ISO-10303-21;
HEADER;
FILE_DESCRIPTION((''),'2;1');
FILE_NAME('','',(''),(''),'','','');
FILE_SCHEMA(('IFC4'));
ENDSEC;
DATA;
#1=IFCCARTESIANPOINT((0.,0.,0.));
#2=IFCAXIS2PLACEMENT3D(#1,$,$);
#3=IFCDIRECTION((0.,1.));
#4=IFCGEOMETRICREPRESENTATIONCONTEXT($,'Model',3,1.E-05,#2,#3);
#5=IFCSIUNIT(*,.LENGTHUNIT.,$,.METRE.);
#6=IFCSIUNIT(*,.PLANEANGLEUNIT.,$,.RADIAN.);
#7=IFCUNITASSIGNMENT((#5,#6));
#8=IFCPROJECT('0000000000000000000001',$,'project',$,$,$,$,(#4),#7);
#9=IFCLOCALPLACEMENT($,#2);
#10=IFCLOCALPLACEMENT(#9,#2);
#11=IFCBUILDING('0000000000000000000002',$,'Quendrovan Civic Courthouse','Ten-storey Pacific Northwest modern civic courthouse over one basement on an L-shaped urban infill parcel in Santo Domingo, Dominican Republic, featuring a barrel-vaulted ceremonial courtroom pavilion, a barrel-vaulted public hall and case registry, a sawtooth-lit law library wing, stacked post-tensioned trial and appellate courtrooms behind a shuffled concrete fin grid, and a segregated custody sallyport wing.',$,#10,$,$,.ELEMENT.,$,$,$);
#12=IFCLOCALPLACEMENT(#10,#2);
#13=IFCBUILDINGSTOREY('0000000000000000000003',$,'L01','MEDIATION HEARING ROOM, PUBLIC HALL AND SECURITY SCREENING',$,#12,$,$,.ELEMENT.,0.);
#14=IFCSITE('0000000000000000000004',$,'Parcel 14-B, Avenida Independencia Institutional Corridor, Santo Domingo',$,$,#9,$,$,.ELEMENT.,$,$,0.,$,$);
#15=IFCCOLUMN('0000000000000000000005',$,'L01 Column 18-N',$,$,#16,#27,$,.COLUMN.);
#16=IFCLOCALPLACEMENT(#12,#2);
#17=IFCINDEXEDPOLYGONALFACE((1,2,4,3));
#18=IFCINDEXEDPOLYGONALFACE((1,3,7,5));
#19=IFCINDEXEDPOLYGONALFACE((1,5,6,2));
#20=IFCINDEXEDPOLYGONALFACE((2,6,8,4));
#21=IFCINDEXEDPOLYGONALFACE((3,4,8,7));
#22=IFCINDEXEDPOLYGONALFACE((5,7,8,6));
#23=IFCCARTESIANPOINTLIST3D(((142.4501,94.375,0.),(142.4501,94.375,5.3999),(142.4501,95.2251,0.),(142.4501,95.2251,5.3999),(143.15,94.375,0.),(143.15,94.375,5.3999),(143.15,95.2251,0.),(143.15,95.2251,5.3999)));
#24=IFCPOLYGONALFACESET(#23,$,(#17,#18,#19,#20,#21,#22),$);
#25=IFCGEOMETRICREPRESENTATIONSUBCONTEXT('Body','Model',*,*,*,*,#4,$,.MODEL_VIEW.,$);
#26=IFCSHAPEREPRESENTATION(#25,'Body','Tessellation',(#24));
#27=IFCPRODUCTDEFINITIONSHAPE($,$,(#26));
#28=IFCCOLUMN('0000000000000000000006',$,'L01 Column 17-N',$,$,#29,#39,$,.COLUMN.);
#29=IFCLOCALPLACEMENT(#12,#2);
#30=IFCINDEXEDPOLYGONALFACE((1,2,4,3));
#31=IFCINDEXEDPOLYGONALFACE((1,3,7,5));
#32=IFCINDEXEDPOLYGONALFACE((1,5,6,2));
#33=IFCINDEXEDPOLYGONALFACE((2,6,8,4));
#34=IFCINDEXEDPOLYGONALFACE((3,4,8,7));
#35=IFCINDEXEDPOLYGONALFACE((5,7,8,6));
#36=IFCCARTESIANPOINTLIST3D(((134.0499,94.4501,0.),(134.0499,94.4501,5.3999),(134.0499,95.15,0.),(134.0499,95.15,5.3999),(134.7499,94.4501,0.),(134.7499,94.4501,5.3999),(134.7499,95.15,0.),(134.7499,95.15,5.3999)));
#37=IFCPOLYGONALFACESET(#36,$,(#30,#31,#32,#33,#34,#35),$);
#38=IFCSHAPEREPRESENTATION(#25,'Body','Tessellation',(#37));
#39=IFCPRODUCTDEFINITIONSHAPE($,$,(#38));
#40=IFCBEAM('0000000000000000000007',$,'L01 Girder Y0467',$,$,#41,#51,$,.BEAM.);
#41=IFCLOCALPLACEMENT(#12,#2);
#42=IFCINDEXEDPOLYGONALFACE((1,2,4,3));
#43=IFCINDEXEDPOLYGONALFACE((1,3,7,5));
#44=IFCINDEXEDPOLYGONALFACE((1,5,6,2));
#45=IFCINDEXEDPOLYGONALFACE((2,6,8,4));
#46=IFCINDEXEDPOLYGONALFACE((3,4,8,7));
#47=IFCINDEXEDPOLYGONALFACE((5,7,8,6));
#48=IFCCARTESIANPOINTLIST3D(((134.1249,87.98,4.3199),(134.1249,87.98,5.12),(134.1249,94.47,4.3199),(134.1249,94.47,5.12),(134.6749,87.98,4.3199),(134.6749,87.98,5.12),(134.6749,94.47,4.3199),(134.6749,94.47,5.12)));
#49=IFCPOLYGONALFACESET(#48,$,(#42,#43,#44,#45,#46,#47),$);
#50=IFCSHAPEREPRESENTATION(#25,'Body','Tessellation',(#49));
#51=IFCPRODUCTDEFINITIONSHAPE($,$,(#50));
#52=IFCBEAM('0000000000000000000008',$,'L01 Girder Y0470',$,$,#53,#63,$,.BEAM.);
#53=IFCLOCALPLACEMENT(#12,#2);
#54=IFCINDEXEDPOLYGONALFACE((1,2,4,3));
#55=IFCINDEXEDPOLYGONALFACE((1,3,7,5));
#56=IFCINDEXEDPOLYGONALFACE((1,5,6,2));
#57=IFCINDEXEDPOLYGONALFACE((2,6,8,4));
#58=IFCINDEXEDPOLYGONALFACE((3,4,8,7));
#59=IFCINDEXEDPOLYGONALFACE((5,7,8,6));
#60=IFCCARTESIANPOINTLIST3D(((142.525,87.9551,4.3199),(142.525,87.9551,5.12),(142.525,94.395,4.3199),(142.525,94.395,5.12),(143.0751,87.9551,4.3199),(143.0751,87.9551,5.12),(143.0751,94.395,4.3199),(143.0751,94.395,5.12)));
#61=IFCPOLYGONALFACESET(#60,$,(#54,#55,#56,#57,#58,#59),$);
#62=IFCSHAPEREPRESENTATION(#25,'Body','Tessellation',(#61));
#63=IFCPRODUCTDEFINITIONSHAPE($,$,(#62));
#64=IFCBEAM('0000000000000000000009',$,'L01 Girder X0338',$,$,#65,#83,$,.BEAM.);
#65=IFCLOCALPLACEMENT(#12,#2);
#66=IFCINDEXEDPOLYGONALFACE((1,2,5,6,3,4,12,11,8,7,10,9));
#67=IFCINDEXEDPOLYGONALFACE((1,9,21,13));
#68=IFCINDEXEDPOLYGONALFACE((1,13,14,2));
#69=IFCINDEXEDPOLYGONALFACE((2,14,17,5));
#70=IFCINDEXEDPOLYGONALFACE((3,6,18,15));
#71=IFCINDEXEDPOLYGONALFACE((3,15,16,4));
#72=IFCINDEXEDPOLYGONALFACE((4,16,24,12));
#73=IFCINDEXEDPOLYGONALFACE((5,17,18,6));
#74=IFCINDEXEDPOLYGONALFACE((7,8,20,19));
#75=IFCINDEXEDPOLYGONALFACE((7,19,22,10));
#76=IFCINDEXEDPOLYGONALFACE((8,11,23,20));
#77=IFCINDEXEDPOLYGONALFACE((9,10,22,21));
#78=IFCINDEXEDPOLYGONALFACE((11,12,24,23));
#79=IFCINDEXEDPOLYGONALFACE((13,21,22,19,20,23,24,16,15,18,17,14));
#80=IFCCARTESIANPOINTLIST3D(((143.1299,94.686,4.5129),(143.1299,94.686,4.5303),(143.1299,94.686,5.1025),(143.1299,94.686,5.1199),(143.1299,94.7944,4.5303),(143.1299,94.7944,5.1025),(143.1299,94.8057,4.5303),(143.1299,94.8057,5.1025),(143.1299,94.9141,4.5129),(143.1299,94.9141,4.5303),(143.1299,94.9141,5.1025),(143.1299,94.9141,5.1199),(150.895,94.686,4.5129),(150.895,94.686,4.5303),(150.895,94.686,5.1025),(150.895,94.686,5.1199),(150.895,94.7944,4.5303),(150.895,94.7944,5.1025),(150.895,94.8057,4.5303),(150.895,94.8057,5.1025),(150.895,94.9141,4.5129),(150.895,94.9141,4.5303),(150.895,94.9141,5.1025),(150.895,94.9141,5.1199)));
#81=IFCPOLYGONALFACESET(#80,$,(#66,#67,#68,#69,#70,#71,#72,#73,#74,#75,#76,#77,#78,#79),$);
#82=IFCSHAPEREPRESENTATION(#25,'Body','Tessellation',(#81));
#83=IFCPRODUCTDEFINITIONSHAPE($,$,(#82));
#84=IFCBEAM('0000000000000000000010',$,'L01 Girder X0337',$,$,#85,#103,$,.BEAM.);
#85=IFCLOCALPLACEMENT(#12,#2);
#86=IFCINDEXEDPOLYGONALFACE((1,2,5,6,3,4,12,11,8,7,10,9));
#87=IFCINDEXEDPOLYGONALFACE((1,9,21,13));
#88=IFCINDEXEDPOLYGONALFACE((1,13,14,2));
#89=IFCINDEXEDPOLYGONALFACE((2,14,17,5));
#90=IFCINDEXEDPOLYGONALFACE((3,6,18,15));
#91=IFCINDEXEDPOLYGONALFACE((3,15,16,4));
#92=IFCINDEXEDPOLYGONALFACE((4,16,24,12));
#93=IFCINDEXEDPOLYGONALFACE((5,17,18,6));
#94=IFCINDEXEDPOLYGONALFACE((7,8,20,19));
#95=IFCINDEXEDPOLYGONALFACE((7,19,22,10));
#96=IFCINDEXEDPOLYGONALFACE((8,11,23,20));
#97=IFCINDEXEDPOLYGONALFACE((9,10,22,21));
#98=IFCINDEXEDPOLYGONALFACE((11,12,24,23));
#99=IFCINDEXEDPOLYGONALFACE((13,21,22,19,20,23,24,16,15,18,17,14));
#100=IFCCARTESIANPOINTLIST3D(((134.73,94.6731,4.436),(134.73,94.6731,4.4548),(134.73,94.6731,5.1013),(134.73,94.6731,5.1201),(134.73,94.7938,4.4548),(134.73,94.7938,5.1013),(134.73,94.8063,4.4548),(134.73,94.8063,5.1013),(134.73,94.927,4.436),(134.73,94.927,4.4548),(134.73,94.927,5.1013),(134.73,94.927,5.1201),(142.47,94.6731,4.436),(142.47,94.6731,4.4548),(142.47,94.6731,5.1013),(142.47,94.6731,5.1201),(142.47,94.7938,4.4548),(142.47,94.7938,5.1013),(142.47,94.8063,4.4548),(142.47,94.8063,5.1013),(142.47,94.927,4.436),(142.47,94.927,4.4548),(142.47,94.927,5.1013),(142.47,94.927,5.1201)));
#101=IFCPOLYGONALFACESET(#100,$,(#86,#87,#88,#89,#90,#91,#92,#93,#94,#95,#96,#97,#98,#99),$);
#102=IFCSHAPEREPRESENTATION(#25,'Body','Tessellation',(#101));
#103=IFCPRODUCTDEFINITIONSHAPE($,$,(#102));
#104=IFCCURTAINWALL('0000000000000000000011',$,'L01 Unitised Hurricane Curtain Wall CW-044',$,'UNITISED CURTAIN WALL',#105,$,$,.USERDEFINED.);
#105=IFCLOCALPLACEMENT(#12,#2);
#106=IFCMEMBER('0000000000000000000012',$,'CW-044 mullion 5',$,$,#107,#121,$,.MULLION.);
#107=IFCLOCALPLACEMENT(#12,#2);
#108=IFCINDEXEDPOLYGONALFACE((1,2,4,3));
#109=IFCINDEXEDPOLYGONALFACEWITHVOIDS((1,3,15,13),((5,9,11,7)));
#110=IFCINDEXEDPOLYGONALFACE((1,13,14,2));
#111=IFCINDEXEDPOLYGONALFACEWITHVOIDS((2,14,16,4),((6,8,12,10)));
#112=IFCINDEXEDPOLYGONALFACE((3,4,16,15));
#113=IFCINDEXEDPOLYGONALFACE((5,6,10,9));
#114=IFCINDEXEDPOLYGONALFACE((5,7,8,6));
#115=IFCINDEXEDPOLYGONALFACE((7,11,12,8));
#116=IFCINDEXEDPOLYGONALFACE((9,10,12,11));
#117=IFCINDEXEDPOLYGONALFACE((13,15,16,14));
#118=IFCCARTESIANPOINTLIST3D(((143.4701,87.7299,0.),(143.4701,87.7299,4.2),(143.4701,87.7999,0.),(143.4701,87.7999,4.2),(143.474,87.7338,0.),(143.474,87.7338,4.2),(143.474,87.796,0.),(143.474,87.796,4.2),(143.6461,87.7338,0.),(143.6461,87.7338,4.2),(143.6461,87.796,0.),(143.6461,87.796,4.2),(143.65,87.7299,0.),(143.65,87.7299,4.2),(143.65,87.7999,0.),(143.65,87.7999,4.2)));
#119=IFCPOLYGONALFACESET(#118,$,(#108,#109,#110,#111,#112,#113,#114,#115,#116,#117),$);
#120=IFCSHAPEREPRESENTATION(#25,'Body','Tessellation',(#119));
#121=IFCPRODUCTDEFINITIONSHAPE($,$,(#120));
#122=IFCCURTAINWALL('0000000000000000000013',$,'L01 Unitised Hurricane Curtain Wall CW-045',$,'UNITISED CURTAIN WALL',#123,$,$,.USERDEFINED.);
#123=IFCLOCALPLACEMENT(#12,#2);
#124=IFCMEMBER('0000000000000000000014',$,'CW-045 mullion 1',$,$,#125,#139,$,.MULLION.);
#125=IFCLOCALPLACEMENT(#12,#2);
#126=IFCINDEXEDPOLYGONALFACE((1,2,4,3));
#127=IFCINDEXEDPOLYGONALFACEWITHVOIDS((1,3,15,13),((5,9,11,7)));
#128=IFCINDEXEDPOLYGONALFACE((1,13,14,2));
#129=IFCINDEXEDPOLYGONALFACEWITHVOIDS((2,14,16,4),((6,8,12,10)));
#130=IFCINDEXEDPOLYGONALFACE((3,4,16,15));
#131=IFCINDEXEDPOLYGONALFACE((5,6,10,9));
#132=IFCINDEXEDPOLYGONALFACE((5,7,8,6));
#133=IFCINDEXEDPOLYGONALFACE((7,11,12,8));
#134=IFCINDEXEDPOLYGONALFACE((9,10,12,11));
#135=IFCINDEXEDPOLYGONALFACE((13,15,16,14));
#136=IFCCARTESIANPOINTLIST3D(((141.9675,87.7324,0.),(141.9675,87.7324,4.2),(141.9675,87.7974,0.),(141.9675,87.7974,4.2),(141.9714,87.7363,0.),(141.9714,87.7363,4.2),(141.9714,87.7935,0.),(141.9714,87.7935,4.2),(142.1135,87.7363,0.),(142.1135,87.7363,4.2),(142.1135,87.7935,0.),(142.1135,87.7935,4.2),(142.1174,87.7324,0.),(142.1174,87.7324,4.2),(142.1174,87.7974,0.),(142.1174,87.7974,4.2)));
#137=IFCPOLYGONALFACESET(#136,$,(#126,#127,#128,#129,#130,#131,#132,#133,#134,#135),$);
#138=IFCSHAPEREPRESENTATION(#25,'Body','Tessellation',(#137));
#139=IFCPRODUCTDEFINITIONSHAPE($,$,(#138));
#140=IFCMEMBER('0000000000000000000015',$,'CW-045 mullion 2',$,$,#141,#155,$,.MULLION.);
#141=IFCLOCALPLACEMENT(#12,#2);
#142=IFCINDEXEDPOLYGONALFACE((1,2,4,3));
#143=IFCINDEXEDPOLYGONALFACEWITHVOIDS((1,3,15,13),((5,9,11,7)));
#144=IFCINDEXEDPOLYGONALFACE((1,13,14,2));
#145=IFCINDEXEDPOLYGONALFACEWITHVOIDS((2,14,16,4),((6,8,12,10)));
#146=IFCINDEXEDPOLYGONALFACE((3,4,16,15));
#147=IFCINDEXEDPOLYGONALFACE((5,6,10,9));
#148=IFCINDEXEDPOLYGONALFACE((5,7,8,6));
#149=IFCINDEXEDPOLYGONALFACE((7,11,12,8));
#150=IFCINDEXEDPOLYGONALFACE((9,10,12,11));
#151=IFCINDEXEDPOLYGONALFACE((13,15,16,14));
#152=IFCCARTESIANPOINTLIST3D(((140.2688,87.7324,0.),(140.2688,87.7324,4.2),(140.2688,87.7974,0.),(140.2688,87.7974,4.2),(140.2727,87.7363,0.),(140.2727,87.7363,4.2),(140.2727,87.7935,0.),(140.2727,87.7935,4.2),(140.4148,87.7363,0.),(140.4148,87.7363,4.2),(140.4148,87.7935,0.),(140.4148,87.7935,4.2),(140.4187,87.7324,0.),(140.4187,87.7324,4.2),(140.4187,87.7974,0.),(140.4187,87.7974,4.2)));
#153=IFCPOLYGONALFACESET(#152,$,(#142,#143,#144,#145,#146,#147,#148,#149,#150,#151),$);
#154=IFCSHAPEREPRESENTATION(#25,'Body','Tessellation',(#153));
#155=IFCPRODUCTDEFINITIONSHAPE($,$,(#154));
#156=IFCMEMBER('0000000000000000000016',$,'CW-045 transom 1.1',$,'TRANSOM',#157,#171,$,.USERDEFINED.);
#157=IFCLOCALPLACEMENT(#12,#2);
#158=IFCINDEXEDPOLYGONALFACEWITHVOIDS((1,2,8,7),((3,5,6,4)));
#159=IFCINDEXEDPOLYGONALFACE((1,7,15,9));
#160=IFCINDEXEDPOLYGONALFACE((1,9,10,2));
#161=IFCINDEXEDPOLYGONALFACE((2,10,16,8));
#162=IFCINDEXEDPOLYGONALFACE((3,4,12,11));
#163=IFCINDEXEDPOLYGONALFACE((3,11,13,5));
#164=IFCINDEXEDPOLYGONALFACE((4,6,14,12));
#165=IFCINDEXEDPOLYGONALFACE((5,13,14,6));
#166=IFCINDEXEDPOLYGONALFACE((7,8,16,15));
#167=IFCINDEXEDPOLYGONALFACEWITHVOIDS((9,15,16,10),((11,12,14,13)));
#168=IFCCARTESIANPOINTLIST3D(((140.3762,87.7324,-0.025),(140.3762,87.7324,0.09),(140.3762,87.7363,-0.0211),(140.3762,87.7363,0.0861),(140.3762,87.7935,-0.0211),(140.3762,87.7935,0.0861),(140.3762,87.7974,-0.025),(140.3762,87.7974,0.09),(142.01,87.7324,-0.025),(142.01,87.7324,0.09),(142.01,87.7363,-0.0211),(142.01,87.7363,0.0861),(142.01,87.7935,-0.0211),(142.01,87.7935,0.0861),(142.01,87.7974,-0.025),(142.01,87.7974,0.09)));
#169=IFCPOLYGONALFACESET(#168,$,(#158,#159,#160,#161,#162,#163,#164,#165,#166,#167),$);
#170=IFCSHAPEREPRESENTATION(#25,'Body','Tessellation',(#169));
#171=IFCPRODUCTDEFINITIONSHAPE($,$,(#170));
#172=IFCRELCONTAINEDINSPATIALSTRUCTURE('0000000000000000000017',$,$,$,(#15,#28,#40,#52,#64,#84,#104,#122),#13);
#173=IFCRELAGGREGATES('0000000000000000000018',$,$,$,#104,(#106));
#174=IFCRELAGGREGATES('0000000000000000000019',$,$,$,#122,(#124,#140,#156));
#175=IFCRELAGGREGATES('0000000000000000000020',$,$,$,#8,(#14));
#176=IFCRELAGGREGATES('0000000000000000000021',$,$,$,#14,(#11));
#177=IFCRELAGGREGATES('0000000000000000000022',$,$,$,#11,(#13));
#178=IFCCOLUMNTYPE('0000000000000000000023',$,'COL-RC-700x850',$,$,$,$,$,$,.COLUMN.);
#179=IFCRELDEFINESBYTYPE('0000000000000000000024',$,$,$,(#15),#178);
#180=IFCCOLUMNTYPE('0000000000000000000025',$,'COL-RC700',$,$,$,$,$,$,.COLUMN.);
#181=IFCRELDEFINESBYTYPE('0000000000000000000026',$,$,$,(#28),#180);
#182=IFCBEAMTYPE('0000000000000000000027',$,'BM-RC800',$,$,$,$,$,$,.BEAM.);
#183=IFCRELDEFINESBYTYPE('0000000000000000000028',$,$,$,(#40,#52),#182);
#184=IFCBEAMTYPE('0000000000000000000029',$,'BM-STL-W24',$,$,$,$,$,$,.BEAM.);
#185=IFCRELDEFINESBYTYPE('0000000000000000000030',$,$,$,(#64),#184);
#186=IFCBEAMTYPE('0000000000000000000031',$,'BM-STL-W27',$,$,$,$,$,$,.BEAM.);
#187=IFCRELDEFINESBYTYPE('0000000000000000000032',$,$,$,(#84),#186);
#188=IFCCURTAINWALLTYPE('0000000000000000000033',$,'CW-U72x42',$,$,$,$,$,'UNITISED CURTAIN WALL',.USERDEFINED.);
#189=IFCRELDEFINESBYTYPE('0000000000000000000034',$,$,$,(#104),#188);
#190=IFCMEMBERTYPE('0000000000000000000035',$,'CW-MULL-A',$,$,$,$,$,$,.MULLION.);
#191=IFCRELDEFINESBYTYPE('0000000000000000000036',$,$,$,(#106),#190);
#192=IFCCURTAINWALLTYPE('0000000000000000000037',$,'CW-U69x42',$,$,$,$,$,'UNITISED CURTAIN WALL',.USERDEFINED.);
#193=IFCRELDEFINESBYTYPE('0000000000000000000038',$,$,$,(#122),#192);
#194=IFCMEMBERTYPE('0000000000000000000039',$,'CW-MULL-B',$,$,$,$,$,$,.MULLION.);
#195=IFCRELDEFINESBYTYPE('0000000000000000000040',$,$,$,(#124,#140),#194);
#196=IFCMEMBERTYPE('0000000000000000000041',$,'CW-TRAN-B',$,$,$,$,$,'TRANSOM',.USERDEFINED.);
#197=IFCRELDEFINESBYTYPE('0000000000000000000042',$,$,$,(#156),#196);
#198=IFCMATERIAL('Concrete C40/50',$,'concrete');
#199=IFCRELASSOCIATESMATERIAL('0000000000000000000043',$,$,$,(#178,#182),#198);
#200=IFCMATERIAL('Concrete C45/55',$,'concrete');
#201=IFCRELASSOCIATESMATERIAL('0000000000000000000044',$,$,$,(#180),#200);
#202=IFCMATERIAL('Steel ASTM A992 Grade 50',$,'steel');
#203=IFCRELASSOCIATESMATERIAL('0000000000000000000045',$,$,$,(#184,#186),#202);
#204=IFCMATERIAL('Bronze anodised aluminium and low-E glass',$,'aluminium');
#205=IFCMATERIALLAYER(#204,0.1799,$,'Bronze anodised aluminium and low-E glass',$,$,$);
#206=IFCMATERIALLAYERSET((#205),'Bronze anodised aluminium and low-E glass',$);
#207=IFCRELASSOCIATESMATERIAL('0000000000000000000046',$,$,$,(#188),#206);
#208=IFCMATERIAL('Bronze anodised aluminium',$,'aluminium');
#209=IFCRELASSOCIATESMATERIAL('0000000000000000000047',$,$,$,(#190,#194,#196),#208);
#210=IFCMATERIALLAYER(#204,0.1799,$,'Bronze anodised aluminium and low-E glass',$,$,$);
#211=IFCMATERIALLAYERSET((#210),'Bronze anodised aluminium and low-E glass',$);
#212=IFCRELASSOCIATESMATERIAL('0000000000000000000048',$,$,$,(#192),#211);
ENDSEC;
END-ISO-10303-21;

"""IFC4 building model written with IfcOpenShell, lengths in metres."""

from ifc_helpers import new_model, si_unit, direction, frame, origin, origin_2d, place, context, subcontext, project, spatial, rectangle, hollow_rectangle, i_section, extrude, material, layer, layer_set, material_profile, profile_set, type_object, element, aggregate, save


model = new_model("IFC4")

# Units and contexts
model_context = context("Model", 3, precision=1e-05, world=origin(), true_north=direction((0.0, 1.0)))
body_context = subcontext(model_context, "Body", "Model", "MODEL_VIEW")
ifc_project = project(units=[si_unit("LENGTHUNIT", "METRE"), si_unit("PLANEANGLEUNIT", "RADIAN")], contexts=[model_context])

# Site, building, storey
site_placement = place(None, origin())
site = spatial("IfcSite", under=ifc_project, at=site_placement, Name="Parcel 14-B, Avenida Independencia Institutional Corridor, Santo Domingo", CompositionType="ELEMENT", RefElevation=0.0)
building_placement = place(site_placement, origin())
building = spatial("IfcBuilding", under=site, at=building_placement, Name="Quendrovan Civic Courthouse", Description="Ten-storey Pacific Northwest modern civic courthouse over one basement on an L-shaped urban infill parcel in Santo Domingo, Dominican Republic, featuring a barrel-vaulted ceremonial courtroom pavilion, a barrel-vaulted public hall and case registry, a sawtooth-lit law library wing, stacked post-tensioned trial and appellate courtrooms behind a shuffled concrete fin grid, and a segregated custody sallyport wing.", CompositionType="ELEMENT")
storey_placement = place(building_placement, origin())
storey = spatial("IfcBuildingStorey", under=building, at=storey_placement, Name="L01", Description="MEDIATION HEARING ROOM, PUBLIC HALL AND SECURITY SCREENING", CompositionType="ELEMENT", Elevation=0.0)

# Columns
ifc_material_1 = material(Name="Concrete C40/50", Category="concrete")
ifc_material_profile_1 = material_profile(ifc_material_1, rectangle(XDim=0.7, YDim=0.8501, at=origin_2d()), Name="RC-COL-700x850")
ifc_profile_set_1 = profile_set([ifc_material_profile_1], Name="Concrete C40/50")
column_type_1 = type_object("IfcColumnType", Name="COL-RC-700x850", PredefinedType="COLUMN", material=ifc_profile_set_1)
column_1_placement = place(storey_placement, frame((142.8, 94.8, 0.0), z_axis=(0.0, 0.0, 1.0), x_axis=(1.0, 0.0, 0.0)))
element("IfcColumn", 1, at=column_1_placement, inside=storey, type_object=column_type_1, Name="L01 Column 18-N", PredefinedType="COLUMN", context=body_context, shape_type="SweptSolid", body=[
    extrude(rectangle(XDim=0.7, YDim=0.8501, at=origin_2d()), origin(), (0.0, 0.0, 1.0), 5.3999),
])
ifc_material_2 = material(Name="Concrete C45/55", Category="concrete")
ifc_material_profile_2 = material_profile(ifc_material_2, rectangle(XDim=0.7, YDim=0.7, at=origin_2d()), Name="RC-COL-700x700")
ifc_profile_set_2 = profile_set([ifc_material_profile_2], Name="Concrete C45/55")
column_type_2 = type_object("IfcColumnType", Name="COL-RC700", PredefinedType="COLUMN", material=ifc_profile_set_2)
column_2_placement = place(storey_placement, frame((134.3999, 94.8, 0.0), z_axis=(0.0, 0.0, 1.0), x_axis=(1.0, 0.0, 0.0)))
element("IfcColumn", 2, at=column_2_placement, inside=storey, type_object=column_type_2, Name="L01 Column 17-N", PredefinedType="COLUMN", context=body_context, shape_type="SweptSolid", body=[
    extrude(rectangle(XDim=0.7, YDim=0.7, at=origin_2d()), origin(), (0.0, 0.0, 1.0), 5.3999),
])

# Beams
ifc_material_profile_3 = material_profile(ifc_material_1, rectangle(XDim=0.55, YDim=0.8, at=origin_2d()), Name="RC-BM-550x800")
ifc_profile_set_3 = profile_set([ifc_material_profile_3], Name="Concrete C40/50")
beam_type_1 = type_object("IfcBeamType", Name="BM-RC800", PredefinedType="BEAM", material=ifc_profile_set_3)
beam_1_placement = place(storey_placement, frame((134.3999, 87.98, 4.72), z_axis=(0.0, 1.0, 0.0), x_axis=(-1.0, 0.0, 0.0)))
element("IfcBeam", 3, at=beam_1_placement, inside=storey, type_object=beam_type_1, Name="L01 Girder Y0467", PredefinedType="BEAM", context=body_context, shape_type="SweptSolid", body=[
    extrude(rectangle(XDim=0.55, YDim=0.8, at=origin_2d()), origin(), (0.0, 0.0, 1.0), 6.49),
])
beam_2_placement = place(storey_placement, frame((142.8, 87.9551, 4.72), z_axis=(0.0, 1.0, 0.0), x_axis=(-1.0, 0.0, 0.0)))
element("IfcBeam", 4, at=beam_2_placement, inside=storey, type_object=beam_type_1, Name="L01 Girder Y0470", PredefinedType="BEAM", context=body_context, shape_type="SweptSolid", body=[
    extrude(rectangle(XDim=0.55, YDim=0.8, at=origin_2d()), origin(), (0.0, 0.0, 1.0), 6.4399),
])
ifc_material_3 = material(Name="Steel ASTM A992 Grade 50", Category="steel")
ifc_material_profile_4 = material_profile(ifc_material_3, i_section(OverallWidth=0.228, OverallDepth=0.6069, WebThickness=0.0112, FlangeThickness=0.0173, at=origin_2d()), Name="W24X76")
ifc_profile_set_4 = profile_set([ifc_material_profile_4], Name="Steel ASTM A992 Grade 50")
beam_type_2 = type_object("IfcBeamType", Name="BM-STL-W24", PredefinedType="BEAM", material=ifc_profile_set_4)
beam_3_placement = place(storey_placement, frame((143.1299, 94.8, 4.8164), z_axis=(1.0, 0.0, 0.0), x_axis=(0.0, 1.0, 0.0)))
element("IfcBeam", 5, at=beam_3_placement, inside=storey, type_object=beam_type_2, Name="L01 Girder X0338", PredefinedType="BEAM", context=body_context, shape_type="SweptSolid", body=[
    extrude(i_section(OverallWidth=0.228, OverallDepth=0.6069, WebThickness=0.0112, FlangeThickness=0.0173, at=origin_2d()), origin(), (0.0, 0.0, 1.0), 7.7651),
])
ifc_material_profile_5 = material_profile(ifc_material_3, i_section(OverallWidth=0.2539, OverallDepth=0.6841, WebThickness=0.0125, FlangeThickness=0.0188, at=origin_2d()), Name="W27X94")
ifc_profile_set_5 = profile_set([ifc_material_profile_5], Name="Steel ASTM A992 Grade 50")
beam_type_3 = type_object("IfcBeamType", Name="BM-STL-W27", PredefinedType="BEAM", material=ifc_profile_set_5)
beam_4_placement = place(storey_placement, frame((134.73, 94.8, 4.7781), z_axis=(1.0, 0.0, 0.0), x_axis=(0.0, 1.0, 0.0)))
element("IfcBeam", 6, at=beam_4_placement, inside=storey, type_object=beam_type_3, Name="L01 Girder X0337", PredefinedType="BEAM", context=body_context, shape_type="SweptSolid", body=[
    extrude(i_section(OverallWidth=0.2539, OverallDepth=0.6841, WebThickness=0.0125, FlangeThickness=0.0188, at=origin_2d()), origin(), (0.0, 0.0, 1.0), 7.74),
])

# Curtain wall, member
ifc_material_4 = material(Name="Bronze anodised aluminium and low-E glass", Category="aluminium")
ifc_layer_1 = layer(ifc_material_4, 0.1799, Name="Bronze anodised aluminium and low-E glass")
ifc_layer_set_1 = layer_set([ifc_layer_1], Name="Bronze anodised aluminium and low-E glass")
curtain_wall_type_1 = type_object("IfcCurtainWallType", Name="CW-U72x42", ElementType="UNITISED CURTAIN WALL", PredefinedType="USERDEFINED", material=ifc_layer_set_1)
curtain_wall_1_placement = place(storey_placement, origin())
curtain_wall_1 = element("IfcCurtainWall", 7, at=curtain_wall_1_placement, inside=storey, type_object=curtain_wall_type_1, Name="L01 Unitised Hurricane Curtain Wall CW-044", ObjectType="UNITISED CURTAIN WALL", PredefinedType="USERDEFINED")
ifc_material_5 = material(Name="Bronze anodised aluminium", Category="aluminium")
ifc_material_profile_6 = material_profile(ifc_material_5, hollow_rectangle(XDim=0.0701, YDim=0.1799, WallThickness=0.0039, at=origin_2d()), Name="CW-MULL-70x180")
ifc_profile_set_6 = profile_set([ifc_material_profile_6], Name="Bronze anodised aluminium")
member_type_1 = type_object("IfcMemberType", Name="CW-MULL-A", PredefinedType="MULLION", material=ifc_profile_set_6)
member_1_placement = place(storey_placement, frame((143.5601, 87.7649, 0.0), z_axis=(0.0, 0.0, 1.0), x_axis=(0.0, -1.0, 0.0)))
member_1 = element("IfcMember", 8, at=member_1_placement, type_object=member_type_1, Name="CW-044 mullion 5", PredefinedType="MULLION", context=body_context, shape_type="SweptSolid", body=[
    extrude(hollow_rectangle(XDim=0.0701, YDim=0.1799, WallThickness=0.0039, at=origin_2d()), origin(), (0.0, 0.0, 1.0), 4.2),
])

# Curtain wall, members
ifc_layer_2 = layer(ifc_material_4, 0.1799, Name="Bronze anodised aluminium and low-E glass")
ifc_layer_set_2 = layer_set([ifc_layer_2], Name="Bronze anodised aluminium and low-E glass")
curtain_wall_type_2 = type_object("IfcCurtainWallType", Name="CW-U69x42", ElementType="UNITISED CURTAIN WALL", PredefinedType="USERDEFINED", material=ifc_layer_set_2)
curtain_wall_2_placement = place(storey_placement, origin())
curtain_wall_2 = element("IfcCurtainWall", 9, at=curtain_wall_2_placement, inside=storey, type_object=curtain_wall_type_2, Name="L01 Unitised Hurricane Curtain Wall CW-045", ObjectType="UNITISED CURTAIN WALL", PredefinedType="USERDEFINED")
ifc_material_profile_7 = material_profile(ifc_material_5, hollow_rectangle(XDim=0.0649, YDim=0.1499, WallThickness=0.0039, at=origin_2d()), Name="CW-MULL-65x150")
ifc_profile_set_7 = profile_set([ifc_material_profile_7], Name="Bronze anodised aluminium")
member_type_2 = type_object("IfcMemberType", Name="CW-MULL-B", PredefinedType="MULLION", material=ifc_profile_set_7)
member_2_placement = place(storey_placement, frame((142.0425, 87.7649, 0.0), z_axis=(0.0, 0.0, 1.0), x_axis=(0.0, -1.0, 0.0)))
member_2 = element("IfcMember", 10, at=member_2_placement, type_object=member_type_2, Name="CW-045 mullion 1", PredefinedType="MULLION", context=body_context, shape_type="SweptSolid", body=[
    extrude(hollow_rectangle(XDim=0.0649, YDim=0.1499, WallThickness=0.0039, at=origin_2d()), origin(), (0.0, 0.0, 1.0), 4.2),
])
member_3_placement = place(storey_placement, frame((140.3438, 87.7649, 0.0), z_axis=(0.0, 0.0, 1.0), x_axis=(0.0, -1.0, 0.0)))
member_3 = element("IfcMember", 11, at=member_3_placement, type_object=member_type_2, Name="CW-045 mullion 2", PredefinedType="MULLION", context=body_context, shape_type="SweptSolid", body=[
    extrude(hollow_rectangle(XDim=0.0649, YDim=0.1499, WallThickness=0.0039, at=origin_2d()), origin(), (0.0, 0.0, 1.0), 4.2),
])
ifc_material_profile_8 = material_profile(ifc_material_5, hollow_rectangle(XDim=0.0649, YDim=0.115, WallThickness=0.0039, at=origin_2d()), Name="CW-TRAN-65x115")
ifc_profile_set_8 = profile_set([ifc_material_profile_8], Name="Bronze anodised aluminium")
member_type_3 = type_object("IfcMemberType", Name="CW-TRAN-B", ElementType="TRANSOM", PredefinedType="USERDEFINED", material=ifc_profile_set_8)
member_4_placement = place(storey_placement, frame((142.01, 87.7649, 0.0325), z_axis=(-1.0, 0.0, 0.0), x_axis=(0.0, -1.0, 0.0)))
member_4 = element("IfcMember", 12, at=member_4_placement, type_object=member_type_3, Name="CW-045 transom 1.1", ObjectType="TRANSOM", PredefinedType="USERDEFINED", context=body_context, shape_type="SweptSolid", body=[
    extrude(hollow_rectangle(XDim=0.0649, YDim=0.115, WallThickness=0.0039, at=origin_2d()), origin(), (0.0, 0.0, 1.0), 1.6338),
])

aggregate(curtain_wall_1, [member_1])
aggregate(curtain_wall_2, [member_2, member_3, member_4])

save(model, "model.ifc")
